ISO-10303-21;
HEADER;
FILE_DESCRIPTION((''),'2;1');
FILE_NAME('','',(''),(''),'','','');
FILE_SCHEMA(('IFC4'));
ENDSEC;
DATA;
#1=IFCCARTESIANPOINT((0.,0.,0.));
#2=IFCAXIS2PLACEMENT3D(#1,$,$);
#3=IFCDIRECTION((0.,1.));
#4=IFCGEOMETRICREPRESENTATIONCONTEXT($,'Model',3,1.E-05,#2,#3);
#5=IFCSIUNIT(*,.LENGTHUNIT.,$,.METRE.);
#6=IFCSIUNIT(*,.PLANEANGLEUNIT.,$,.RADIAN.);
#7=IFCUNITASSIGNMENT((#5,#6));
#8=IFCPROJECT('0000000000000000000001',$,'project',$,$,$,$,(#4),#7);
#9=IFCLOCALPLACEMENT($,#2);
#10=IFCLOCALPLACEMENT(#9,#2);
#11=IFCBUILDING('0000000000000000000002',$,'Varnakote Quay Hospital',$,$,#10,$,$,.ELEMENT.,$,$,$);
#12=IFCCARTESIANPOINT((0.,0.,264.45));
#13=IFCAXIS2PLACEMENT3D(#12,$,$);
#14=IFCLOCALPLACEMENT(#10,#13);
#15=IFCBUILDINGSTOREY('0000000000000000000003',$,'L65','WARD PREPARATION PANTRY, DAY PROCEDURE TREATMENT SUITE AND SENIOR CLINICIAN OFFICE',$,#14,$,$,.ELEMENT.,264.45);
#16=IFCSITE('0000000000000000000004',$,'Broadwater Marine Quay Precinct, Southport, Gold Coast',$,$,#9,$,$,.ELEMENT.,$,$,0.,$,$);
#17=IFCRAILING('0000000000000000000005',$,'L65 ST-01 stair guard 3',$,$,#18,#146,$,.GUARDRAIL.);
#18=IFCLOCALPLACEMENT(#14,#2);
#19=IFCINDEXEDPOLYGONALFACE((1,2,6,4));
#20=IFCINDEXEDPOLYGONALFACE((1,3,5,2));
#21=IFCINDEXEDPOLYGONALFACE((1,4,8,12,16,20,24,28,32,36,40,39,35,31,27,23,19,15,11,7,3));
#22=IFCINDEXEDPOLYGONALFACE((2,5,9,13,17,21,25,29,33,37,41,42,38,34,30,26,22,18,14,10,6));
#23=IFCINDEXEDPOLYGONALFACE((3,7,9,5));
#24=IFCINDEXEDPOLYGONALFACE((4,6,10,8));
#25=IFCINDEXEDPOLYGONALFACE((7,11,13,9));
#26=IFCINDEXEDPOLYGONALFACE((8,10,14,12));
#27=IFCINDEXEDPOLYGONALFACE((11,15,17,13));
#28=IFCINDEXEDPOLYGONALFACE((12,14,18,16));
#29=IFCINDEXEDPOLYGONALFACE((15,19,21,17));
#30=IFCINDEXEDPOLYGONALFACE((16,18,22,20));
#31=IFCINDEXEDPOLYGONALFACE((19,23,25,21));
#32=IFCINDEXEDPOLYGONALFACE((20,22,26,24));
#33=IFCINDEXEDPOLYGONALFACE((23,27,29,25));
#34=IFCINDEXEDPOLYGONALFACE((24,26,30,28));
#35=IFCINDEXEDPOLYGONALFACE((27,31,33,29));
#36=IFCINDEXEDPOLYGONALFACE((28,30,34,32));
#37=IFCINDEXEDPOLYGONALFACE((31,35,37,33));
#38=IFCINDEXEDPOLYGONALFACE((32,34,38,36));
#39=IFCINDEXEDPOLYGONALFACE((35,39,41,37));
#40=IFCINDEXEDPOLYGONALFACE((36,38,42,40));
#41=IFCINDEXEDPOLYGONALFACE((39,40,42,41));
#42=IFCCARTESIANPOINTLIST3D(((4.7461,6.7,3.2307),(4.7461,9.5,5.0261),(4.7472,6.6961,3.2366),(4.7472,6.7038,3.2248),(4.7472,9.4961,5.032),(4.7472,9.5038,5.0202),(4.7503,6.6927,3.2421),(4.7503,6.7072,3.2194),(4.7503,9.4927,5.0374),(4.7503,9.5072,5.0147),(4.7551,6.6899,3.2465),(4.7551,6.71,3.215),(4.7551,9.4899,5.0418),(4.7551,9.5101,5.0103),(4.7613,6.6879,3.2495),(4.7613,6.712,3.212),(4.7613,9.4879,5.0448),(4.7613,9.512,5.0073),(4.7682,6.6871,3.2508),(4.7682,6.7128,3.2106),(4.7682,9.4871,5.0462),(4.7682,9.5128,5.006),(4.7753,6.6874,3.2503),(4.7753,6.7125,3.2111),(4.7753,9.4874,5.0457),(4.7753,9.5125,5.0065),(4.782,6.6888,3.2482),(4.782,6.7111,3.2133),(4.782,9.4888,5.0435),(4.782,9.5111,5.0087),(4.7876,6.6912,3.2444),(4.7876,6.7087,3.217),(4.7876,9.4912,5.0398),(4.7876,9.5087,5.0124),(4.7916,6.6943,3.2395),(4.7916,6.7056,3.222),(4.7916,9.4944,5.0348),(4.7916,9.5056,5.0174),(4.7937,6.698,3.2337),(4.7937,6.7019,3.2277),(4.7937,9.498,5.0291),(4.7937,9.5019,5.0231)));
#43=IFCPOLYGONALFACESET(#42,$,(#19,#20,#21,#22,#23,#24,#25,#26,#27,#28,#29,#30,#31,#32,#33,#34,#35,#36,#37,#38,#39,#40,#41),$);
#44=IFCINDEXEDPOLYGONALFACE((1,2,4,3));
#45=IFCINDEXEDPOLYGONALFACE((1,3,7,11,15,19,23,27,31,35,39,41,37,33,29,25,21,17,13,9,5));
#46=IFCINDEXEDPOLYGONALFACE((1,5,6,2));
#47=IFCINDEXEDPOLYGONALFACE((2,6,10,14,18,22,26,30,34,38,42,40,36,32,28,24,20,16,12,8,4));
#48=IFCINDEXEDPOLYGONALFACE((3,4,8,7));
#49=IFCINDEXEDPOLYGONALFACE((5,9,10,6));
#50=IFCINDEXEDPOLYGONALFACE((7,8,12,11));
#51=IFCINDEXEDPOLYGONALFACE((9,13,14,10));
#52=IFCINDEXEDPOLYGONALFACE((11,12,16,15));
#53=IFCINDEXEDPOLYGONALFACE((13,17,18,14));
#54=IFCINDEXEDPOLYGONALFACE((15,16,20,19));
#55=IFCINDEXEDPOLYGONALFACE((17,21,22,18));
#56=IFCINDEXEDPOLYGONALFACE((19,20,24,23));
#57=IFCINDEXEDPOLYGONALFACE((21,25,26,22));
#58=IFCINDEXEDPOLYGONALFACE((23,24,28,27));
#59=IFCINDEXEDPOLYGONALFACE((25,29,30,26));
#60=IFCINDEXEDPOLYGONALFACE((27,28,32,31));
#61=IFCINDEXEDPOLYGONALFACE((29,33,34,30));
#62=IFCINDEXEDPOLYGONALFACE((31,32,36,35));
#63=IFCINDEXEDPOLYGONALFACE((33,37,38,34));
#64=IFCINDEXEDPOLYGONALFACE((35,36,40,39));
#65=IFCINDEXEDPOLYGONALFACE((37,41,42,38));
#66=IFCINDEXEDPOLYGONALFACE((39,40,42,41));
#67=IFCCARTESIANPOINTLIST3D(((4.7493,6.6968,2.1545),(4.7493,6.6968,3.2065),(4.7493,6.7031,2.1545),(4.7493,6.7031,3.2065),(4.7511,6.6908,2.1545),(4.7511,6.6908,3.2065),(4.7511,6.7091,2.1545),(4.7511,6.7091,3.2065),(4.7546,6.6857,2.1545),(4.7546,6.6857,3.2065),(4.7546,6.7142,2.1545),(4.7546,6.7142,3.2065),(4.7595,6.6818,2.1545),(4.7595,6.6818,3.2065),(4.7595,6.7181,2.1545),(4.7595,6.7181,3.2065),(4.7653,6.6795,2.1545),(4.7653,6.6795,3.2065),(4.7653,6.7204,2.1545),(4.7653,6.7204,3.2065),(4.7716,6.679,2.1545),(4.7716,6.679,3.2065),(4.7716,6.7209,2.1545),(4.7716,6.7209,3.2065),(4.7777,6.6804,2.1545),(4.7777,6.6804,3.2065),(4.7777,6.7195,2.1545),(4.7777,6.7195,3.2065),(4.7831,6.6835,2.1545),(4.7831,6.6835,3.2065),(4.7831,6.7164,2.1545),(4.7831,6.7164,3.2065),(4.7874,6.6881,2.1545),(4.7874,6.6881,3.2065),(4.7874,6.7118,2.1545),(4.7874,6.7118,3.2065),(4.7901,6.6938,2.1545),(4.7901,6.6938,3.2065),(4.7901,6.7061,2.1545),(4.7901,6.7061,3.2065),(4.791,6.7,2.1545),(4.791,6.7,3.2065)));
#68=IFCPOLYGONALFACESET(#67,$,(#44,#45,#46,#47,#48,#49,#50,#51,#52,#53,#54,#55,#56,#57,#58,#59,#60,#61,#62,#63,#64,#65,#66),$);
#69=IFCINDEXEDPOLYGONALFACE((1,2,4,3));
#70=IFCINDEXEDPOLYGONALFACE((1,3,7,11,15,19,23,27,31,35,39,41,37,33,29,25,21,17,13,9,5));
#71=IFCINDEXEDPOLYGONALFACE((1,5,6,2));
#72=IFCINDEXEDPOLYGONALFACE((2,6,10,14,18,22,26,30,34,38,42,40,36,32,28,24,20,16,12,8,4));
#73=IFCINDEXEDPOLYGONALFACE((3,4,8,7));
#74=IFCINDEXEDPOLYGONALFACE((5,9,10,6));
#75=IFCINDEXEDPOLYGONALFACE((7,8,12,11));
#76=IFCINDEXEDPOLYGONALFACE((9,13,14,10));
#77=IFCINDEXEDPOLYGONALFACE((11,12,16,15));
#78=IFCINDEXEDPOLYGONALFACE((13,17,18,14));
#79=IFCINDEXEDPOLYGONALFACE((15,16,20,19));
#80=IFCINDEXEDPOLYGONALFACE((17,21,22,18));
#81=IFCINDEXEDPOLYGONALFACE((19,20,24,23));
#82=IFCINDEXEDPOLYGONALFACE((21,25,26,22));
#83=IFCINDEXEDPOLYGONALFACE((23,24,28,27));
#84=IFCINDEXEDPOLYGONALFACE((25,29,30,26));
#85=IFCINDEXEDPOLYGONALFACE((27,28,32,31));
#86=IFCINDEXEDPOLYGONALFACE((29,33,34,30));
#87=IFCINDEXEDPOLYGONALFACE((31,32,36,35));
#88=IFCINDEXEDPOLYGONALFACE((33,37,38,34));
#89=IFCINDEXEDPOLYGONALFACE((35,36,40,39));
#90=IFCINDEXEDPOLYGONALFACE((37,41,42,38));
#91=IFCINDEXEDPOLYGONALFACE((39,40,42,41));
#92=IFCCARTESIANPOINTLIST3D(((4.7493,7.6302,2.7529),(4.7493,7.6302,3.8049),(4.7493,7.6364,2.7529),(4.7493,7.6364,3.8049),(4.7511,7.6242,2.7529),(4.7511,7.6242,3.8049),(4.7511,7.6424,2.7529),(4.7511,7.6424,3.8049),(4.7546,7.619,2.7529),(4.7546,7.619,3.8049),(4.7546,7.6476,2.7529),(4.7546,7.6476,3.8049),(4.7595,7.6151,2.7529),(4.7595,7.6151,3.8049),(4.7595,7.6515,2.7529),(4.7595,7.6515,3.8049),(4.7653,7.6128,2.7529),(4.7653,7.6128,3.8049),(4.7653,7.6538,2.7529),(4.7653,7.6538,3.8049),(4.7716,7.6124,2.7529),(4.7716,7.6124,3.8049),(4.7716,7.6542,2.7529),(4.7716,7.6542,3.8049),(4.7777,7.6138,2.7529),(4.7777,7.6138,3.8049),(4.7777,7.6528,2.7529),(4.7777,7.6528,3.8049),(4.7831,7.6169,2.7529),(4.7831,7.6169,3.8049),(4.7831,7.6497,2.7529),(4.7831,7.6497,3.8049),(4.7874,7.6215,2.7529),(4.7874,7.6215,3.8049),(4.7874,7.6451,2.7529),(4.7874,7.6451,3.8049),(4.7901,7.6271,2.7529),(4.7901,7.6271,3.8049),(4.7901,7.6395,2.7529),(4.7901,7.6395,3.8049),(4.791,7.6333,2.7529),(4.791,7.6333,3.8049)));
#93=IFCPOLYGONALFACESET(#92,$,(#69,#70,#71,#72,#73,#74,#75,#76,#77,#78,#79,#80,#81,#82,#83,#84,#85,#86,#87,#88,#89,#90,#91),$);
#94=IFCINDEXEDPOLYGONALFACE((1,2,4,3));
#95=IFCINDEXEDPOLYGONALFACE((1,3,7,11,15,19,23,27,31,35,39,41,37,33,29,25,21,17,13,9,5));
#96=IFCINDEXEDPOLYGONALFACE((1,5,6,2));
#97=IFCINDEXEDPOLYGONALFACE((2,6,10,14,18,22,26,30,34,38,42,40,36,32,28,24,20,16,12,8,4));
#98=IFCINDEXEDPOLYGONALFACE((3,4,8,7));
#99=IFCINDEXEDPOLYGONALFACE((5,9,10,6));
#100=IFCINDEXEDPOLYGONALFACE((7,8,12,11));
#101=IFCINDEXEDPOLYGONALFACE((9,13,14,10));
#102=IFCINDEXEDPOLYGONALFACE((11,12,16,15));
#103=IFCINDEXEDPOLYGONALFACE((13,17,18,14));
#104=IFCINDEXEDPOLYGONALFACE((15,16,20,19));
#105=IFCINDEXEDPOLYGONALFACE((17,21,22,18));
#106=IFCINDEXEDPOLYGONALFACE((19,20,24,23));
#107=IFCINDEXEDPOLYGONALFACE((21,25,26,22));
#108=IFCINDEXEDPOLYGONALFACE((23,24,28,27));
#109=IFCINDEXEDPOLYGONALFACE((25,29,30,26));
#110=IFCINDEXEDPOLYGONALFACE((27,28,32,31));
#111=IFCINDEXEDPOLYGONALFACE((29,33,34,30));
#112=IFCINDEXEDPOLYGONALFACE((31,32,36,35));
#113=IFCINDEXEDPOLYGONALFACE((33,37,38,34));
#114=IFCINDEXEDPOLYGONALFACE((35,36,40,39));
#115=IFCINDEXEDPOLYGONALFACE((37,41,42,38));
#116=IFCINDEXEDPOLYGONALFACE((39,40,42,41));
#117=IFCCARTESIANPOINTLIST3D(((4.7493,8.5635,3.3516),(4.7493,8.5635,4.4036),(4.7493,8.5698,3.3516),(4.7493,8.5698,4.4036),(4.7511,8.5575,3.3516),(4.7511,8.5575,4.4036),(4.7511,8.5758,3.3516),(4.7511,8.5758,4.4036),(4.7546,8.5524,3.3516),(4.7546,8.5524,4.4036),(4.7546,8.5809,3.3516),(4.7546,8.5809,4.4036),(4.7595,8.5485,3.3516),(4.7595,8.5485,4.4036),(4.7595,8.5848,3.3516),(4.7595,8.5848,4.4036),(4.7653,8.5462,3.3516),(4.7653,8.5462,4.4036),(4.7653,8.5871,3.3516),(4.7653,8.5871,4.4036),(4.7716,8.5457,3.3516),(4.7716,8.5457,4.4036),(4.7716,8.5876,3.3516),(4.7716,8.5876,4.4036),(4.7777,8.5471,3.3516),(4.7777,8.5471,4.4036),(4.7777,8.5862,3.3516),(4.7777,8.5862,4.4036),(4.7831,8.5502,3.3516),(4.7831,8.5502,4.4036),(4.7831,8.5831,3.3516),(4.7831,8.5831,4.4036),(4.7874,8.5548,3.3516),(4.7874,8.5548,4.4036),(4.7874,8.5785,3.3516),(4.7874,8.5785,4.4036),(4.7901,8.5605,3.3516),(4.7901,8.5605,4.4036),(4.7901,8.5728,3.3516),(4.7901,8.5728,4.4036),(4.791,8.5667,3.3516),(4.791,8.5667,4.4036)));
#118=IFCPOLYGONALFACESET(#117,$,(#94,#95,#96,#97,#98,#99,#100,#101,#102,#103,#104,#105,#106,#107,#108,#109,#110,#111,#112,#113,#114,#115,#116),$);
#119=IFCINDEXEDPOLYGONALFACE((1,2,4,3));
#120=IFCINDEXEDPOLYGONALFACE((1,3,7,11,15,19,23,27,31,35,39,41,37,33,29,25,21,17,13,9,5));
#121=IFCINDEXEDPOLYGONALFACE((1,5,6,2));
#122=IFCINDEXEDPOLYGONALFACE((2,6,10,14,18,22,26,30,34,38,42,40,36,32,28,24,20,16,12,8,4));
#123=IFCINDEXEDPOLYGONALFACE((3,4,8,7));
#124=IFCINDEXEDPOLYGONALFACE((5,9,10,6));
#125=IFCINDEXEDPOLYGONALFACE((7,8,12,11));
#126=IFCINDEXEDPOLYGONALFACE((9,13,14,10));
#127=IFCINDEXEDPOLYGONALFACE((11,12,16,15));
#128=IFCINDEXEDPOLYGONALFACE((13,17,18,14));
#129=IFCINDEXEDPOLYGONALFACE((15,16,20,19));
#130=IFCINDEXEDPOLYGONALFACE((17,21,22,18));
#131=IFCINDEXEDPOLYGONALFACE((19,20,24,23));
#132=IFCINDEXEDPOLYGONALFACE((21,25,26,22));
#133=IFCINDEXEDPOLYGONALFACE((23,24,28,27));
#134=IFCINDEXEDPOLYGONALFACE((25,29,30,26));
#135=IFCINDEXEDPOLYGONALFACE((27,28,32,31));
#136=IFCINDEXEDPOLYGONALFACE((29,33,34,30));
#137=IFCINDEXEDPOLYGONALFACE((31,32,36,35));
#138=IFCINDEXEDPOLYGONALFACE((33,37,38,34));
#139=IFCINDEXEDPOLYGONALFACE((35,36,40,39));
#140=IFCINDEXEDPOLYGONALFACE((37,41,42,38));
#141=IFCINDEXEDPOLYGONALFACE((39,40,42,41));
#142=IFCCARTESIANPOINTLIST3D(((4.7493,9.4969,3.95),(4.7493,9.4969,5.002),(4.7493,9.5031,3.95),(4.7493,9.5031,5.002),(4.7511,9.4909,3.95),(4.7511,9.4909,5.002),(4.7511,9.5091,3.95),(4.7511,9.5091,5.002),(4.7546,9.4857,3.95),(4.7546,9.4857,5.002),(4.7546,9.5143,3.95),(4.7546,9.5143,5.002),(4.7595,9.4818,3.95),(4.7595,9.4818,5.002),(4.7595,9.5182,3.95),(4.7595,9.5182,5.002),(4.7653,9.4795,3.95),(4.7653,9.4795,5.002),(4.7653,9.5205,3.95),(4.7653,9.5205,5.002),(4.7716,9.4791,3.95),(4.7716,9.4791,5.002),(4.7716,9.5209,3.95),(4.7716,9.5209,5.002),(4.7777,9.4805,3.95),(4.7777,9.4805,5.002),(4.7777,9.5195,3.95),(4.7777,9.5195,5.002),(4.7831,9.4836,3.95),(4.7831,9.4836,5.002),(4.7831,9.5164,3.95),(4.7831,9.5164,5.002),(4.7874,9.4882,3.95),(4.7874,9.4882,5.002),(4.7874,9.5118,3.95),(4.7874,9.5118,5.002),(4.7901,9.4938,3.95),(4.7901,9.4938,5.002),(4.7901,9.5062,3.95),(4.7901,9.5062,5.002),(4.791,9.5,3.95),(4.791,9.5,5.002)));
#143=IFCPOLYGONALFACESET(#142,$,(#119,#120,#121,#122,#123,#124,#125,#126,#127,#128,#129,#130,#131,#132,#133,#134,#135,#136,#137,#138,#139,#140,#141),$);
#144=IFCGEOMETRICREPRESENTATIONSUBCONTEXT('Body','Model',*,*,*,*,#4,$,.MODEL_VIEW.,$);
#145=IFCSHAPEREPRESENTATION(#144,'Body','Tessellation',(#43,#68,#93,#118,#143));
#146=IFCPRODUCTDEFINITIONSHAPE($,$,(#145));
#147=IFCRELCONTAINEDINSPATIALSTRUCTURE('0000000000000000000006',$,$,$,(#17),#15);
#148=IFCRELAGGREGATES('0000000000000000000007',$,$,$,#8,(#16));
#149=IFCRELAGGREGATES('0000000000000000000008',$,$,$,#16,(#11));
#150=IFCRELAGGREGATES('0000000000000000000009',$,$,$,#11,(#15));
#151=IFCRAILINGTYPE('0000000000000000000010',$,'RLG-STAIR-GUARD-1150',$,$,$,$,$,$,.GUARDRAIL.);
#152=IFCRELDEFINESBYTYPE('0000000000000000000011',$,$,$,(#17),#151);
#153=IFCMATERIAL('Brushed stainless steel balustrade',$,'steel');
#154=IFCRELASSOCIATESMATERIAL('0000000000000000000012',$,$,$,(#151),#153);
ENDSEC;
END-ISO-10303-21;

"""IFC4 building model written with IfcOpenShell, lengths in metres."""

from ifc_helpers import new_model, si_unit, direction, frame, origin, origin_2d, place, context, subcontext, project, spatial, circle, extrude, material, type_object, element, save


model = new_model("IFC4")

# Units and contexts
model_context = context("Model", 3, precision=1e-05, world=origin(), true_north=direction((0.0, 1.0)))
body_context = subcontext(model_context, "Body", "Model", "MODEL_VIEW")
ifc_project = project(units=[si_unit("LENGTHUNIT", "METRE"), si_unit("PLANEANGLEUNIT", "RADIAN")], contexts=[model_context])

# Site, building, storey
site_placement = place(None, origin())
site = spatial("IfcSite", under=ifc_project, at=site_placement, Name="Broadwater Marine Quay Precinct, Southport, Gold Coast", CompositionType="ELEMENT", RefElevation=0.0)
building_placement = place(site_placement, origin())
building = spatial("IfcBuilding", under=site, at=building_placement, Name="Varnakote Quay Hospital", CompositionType="ELEMENT")
storey_placement = place(building_placement, frame((0.0, 0.0, 264.45)))
storey = spatial("IfcBuildingStorey", under=building, at=storey_placement, Name="L65", Description="WARD PREPARATION PANTRY, DAY PROCEDURE TREATMENT SUITE AND SENIOR CLINICIAN OFFICE", CompositionType="ELEMENT", Elevation=264.45)

# Railing
ifc_material_1 = material(Name="Brushed stainless steel balustrade", Category="steel")
railing_type_1 = type_object("IfcRailingType", Name="RLG-STAIR-GUARD-1150", PredefinedType="GUARDRAIL", material=ifc_material_1)
railing_1_placement = place(storey_placement, frame((4.77, 6.7, 2.1545)))
element("IfcRailing", 1, at=railing_1_placement, inside=storey, type_object=railing_type_1, Name="L65 ST-01 stair guard 3", PredefinedType="GUARDRAIL", context=body_context, shape_type="SweptSolid", body=[
    extrude(circle(Radius=0.0239, at=origin_2d()), frame((0.0, 0.0, 1.0762), z_axis=(0.0, 0.84181, 0.539774), x_axis=(-1.0, 0.0, 0.0)), (0.0, 0.0, 1.0), 3.3262),
    extrude(circle(Radius=0.021, at=origin_2d()), origin(), (0.0, 0.0, 1.0), 1.052),
    extrude(circle(Radius=0.021, at=origin_2d()), frame((0.0, 0.9333, 0.5984)), (0.0, 0.0, 1.0), 1.052),
    extrude(circle(Radius=0.021, at=origin_2d()), frame((0.0, 1.8667, 1.197)), (0.0, 0.0, 1.0), 1.052),
    extrude(circle(Radius=0.021, at=origin_2d()), frame((0.0, 2.8, 1.7954)), (0.0, 0.0, 1.0), 1.052),
])

save(model, "model.ifc")
